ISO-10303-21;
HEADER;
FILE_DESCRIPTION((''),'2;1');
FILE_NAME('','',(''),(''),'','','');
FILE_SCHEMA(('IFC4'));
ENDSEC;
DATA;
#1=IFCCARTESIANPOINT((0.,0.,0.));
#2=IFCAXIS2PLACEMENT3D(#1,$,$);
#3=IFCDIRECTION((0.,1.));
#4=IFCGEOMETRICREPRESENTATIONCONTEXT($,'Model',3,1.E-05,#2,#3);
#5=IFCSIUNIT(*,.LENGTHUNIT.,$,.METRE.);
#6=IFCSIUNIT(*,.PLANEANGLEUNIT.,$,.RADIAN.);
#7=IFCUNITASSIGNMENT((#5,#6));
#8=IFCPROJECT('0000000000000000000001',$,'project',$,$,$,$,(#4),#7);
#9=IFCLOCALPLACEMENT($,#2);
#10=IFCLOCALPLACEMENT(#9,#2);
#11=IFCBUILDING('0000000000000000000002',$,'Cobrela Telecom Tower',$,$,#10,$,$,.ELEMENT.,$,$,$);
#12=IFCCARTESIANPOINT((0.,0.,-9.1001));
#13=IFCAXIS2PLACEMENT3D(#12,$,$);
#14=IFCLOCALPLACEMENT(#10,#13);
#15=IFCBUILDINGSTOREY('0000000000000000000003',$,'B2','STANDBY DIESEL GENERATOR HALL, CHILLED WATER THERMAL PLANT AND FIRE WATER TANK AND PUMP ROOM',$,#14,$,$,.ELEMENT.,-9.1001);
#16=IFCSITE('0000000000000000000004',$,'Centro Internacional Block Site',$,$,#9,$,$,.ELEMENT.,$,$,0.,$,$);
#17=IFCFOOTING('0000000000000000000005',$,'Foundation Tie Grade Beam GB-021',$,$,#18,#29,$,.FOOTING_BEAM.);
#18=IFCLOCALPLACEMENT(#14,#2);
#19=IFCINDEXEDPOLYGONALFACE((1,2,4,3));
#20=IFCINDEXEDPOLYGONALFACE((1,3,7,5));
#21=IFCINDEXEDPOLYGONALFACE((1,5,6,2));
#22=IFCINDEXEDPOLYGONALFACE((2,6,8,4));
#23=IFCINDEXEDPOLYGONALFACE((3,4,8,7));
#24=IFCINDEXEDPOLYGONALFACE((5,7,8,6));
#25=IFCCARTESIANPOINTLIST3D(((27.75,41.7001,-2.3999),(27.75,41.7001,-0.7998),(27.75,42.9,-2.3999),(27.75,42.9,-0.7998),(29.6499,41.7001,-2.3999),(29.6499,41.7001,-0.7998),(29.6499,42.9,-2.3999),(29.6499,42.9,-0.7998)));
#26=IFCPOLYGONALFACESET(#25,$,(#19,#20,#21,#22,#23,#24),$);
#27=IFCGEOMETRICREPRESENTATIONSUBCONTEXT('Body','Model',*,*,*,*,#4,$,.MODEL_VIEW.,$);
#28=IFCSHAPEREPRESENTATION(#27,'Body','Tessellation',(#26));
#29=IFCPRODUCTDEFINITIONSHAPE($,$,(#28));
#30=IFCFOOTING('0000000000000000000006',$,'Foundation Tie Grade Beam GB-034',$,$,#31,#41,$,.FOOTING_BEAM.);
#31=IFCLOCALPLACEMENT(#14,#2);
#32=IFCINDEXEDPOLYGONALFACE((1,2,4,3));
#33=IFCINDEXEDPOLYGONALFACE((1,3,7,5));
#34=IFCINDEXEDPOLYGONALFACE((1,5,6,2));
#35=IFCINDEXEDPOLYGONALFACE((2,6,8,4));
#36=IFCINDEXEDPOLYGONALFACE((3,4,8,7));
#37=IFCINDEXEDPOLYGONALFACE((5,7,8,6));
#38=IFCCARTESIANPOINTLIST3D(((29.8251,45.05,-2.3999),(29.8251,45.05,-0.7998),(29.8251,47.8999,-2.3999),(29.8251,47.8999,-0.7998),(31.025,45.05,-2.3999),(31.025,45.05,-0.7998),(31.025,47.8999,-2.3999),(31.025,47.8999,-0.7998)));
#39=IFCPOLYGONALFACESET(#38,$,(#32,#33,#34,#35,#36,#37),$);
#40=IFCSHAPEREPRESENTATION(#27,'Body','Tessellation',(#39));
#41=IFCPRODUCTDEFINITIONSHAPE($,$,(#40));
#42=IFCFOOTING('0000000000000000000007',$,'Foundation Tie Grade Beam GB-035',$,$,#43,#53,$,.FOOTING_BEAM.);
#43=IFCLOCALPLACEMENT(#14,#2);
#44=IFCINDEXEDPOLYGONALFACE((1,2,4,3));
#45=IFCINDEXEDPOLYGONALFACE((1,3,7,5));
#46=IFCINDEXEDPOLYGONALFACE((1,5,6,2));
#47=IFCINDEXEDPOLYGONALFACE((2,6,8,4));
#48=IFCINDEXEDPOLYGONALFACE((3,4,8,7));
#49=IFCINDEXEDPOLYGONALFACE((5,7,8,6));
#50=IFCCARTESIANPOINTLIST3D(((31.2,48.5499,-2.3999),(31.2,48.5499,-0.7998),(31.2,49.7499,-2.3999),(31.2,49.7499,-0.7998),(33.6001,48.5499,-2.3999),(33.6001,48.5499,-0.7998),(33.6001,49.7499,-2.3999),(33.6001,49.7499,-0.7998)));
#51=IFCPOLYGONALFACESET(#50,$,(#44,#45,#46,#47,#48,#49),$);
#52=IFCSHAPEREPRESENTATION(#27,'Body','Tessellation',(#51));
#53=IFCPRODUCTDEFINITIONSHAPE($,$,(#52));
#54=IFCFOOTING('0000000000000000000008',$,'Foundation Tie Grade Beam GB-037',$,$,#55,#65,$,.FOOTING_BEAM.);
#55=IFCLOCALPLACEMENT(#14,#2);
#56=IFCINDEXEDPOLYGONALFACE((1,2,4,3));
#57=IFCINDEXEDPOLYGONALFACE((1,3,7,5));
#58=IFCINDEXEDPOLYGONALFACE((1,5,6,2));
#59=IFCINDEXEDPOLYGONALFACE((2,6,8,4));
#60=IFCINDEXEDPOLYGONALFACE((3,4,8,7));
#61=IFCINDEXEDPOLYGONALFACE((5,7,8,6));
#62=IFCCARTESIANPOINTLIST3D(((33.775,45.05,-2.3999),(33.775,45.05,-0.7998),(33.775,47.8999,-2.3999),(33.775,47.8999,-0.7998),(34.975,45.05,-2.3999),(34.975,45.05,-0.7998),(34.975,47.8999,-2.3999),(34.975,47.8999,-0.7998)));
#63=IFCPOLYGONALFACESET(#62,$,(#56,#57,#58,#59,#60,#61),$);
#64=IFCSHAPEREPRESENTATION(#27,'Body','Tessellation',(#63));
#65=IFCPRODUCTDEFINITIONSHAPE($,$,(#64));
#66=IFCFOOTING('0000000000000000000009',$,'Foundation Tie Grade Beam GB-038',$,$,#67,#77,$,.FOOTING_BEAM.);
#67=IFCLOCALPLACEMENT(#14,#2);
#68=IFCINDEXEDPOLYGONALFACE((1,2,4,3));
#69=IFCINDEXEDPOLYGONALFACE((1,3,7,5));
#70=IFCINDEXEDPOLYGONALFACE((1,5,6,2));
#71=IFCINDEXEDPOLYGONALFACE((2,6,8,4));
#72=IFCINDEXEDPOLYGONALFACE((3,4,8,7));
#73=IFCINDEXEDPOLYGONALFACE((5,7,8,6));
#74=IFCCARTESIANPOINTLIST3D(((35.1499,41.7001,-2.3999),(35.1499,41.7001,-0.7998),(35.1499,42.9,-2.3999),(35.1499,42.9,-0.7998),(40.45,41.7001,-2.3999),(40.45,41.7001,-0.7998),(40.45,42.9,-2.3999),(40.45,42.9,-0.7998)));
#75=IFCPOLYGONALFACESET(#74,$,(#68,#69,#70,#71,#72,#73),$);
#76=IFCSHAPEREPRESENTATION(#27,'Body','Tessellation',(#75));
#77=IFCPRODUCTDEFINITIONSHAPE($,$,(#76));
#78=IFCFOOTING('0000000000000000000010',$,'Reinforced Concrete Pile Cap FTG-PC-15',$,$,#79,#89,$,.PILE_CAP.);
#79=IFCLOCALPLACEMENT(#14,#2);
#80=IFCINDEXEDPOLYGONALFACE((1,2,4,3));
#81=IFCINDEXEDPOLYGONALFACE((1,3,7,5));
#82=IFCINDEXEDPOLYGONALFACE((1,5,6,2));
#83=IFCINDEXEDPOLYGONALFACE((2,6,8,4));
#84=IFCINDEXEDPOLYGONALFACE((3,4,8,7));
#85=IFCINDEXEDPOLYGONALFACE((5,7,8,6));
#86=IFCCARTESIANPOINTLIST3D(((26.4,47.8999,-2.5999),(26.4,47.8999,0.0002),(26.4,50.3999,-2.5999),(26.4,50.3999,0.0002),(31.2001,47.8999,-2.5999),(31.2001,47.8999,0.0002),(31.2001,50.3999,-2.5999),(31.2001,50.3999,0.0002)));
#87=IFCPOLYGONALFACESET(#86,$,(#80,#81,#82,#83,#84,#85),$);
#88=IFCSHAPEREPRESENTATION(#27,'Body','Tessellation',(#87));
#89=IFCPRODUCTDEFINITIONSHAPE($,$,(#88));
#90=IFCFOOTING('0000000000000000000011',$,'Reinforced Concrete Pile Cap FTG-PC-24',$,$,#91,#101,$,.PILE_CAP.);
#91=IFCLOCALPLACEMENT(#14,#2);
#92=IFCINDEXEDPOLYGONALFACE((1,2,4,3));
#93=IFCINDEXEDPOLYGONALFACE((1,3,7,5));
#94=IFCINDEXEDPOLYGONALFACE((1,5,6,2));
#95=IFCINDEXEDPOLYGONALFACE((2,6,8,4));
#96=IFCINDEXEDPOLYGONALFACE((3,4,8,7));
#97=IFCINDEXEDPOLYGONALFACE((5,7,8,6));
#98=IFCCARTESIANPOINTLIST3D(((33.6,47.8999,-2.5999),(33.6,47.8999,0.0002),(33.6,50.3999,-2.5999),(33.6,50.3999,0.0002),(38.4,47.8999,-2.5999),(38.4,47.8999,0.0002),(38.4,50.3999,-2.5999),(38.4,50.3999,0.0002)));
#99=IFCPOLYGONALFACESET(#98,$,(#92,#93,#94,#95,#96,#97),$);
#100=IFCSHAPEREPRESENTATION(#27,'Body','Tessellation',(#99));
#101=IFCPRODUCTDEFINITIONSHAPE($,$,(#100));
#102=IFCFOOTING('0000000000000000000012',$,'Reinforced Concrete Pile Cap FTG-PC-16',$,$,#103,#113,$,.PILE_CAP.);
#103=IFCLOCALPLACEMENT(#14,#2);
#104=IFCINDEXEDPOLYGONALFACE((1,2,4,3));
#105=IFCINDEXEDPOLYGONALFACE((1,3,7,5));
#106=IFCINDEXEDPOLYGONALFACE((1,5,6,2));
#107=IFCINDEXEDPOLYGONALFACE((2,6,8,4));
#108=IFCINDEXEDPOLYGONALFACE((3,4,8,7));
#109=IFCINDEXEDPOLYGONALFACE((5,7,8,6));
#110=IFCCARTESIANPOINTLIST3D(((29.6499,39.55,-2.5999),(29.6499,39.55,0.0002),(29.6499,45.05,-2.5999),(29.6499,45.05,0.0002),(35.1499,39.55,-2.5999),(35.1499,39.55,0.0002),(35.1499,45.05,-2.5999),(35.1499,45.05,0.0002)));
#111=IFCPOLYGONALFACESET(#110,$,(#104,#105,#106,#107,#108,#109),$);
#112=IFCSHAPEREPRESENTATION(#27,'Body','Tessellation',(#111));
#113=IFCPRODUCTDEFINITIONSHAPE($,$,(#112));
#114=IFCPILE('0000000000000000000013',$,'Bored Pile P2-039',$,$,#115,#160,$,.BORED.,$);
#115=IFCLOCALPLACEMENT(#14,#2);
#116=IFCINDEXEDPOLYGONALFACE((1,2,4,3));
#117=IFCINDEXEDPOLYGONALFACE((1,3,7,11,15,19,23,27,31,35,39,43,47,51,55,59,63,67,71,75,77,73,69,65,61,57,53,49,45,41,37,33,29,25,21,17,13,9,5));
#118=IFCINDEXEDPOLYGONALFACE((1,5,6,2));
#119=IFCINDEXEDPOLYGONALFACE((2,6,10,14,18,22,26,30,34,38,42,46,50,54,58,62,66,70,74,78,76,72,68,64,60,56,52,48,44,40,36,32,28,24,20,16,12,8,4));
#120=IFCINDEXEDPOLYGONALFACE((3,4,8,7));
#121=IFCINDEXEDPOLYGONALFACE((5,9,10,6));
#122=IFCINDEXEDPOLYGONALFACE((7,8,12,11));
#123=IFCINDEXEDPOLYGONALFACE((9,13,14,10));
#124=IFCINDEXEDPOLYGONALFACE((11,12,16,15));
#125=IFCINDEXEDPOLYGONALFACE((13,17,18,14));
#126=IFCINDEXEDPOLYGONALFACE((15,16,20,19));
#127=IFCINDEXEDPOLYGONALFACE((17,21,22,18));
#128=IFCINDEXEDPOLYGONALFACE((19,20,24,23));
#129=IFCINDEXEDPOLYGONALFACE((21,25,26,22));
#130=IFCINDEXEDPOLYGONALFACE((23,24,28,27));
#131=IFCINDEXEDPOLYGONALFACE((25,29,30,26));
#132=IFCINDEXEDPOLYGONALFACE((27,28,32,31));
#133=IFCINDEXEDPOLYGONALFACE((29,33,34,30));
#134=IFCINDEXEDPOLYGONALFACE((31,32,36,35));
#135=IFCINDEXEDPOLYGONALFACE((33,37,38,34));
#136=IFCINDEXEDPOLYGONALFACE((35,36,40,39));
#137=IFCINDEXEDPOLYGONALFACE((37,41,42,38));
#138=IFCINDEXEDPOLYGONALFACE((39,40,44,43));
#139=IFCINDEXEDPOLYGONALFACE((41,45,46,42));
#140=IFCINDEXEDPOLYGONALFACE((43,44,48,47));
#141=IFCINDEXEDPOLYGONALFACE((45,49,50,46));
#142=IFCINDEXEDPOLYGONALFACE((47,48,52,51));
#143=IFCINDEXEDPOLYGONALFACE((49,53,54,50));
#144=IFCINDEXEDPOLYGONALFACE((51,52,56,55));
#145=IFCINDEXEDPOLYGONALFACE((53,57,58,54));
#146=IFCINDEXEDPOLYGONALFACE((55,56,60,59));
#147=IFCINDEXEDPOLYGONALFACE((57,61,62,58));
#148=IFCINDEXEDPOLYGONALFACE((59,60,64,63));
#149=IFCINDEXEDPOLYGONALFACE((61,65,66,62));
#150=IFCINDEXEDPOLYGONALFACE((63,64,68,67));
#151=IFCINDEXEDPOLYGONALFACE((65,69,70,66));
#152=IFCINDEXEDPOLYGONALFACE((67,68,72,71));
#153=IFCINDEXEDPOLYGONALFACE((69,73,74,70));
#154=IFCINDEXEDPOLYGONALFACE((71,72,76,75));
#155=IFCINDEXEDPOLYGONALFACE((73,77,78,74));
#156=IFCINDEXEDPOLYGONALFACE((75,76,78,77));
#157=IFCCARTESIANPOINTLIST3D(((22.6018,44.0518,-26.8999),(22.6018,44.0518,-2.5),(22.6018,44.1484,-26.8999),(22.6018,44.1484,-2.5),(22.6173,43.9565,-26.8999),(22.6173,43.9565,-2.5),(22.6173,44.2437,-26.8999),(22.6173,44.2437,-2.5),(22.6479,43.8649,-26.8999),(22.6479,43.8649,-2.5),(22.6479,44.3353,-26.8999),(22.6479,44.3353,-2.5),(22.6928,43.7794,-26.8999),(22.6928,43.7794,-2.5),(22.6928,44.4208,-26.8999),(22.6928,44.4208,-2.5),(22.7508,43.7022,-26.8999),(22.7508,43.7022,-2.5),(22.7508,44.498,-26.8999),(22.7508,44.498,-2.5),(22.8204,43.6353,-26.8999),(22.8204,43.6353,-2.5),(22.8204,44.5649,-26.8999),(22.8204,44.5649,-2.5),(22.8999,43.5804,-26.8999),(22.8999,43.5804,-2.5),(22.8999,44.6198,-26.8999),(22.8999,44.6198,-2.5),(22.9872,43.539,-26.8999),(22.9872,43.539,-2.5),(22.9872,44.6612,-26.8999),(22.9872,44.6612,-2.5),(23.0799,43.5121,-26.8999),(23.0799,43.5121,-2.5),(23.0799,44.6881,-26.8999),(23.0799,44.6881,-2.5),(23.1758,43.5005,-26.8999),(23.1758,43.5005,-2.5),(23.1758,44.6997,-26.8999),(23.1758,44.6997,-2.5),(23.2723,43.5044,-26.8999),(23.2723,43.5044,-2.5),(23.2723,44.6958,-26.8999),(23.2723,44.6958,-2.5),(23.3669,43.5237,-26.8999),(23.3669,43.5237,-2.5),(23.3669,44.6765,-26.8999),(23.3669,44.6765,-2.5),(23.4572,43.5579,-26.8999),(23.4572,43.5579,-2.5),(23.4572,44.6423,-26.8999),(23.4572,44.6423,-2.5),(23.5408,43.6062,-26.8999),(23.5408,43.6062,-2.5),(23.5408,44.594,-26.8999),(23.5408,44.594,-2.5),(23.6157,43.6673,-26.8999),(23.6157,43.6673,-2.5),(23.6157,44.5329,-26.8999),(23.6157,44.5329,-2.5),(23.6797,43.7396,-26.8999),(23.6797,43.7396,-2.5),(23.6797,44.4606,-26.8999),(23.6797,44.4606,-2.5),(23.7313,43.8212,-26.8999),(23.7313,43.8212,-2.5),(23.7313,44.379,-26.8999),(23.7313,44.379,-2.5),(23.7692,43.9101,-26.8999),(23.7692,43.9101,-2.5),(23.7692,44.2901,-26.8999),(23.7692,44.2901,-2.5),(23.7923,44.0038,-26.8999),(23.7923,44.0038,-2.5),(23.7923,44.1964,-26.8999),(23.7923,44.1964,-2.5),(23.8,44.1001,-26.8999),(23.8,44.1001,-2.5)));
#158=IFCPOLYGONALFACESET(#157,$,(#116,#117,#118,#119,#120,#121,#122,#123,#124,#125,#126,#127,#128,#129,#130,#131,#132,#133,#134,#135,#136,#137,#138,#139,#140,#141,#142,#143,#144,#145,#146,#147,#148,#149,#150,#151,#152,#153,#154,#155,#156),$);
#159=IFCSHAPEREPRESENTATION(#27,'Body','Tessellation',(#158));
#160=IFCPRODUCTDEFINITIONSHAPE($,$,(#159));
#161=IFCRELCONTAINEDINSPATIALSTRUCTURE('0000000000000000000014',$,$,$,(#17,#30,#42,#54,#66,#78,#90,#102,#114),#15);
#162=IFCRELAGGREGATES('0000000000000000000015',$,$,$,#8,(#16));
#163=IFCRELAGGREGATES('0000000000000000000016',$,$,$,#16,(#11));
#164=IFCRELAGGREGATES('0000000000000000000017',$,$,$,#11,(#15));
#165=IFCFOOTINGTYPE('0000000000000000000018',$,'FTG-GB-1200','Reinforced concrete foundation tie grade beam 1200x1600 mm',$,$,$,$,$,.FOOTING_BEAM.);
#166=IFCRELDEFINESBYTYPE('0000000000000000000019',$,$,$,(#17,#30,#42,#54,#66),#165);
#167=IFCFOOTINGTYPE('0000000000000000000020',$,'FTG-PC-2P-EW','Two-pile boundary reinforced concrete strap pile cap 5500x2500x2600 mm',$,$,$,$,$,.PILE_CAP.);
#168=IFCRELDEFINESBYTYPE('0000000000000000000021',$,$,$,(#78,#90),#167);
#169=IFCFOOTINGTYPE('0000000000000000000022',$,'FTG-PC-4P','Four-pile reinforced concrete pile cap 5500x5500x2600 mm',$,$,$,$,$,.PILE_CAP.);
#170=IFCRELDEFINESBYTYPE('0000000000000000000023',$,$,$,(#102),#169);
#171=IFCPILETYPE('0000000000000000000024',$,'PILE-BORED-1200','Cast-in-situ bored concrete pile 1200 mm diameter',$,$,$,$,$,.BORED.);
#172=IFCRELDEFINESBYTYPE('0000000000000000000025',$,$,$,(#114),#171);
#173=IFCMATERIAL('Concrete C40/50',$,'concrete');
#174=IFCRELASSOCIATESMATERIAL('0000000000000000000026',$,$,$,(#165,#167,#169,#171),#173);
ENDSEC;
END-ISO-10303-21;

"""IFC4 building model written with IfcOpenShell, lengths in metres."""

from ifc_helpers import new_model, si_unit, direction, frame, origin, origin_2d, place, context, subcontext, project, spatial, rectangle, circle, extrude, material, material_profile, profile_set, type_object, element, save


model = new_model("IFC4")

# Units and contexts
model_context = context("Model", 3, precision=1e-05, world=origin(), true_north=direction((0.0, 1.0)))
body_context = subcontext(model_context, "Body", "Model", "MODEL_VIEW")
ifc_project = project(units=[si_unit("LENGTHUNIT", "METRE"), si_unit("PLANEANGLEUNIT", "RADIAN")], contexts=[model_context])

# Site, building, storey
site_placement = place(None, origin())
site = spatial("IfcSite", under=ifc_project, at=site_placement, Name="Centro Internacional Block Site", CompositionType="ELEMENT", RefElevation=0.0)
building_placement = place(site_placement, origin())
building = spatial("IfcBuilding", under=site, at=building_placement, Name="Cobrela Telecom Tower", CompositionType="ELEMENT")
storey_placement = place(building_placement, frame((0.0, 0.0, -9.1001)))
storey = spatial("IfcBuildingStorey", under=building, at=storey_placement, Name="B2", Description="STANDBY DIESEL GENERATOR HALL, CHILLED WATER THERMAL PLANT AND FIRE WATER TANK AND PUMP ROOM", CompositionType="ELEMENT", Elevation=-9.1001)

# Footings
ifc_material_1 = material(Name="Concrete C40/50", Category="concrete")
ifc_material_profile_1 = material_profile(ifc_material_1, rectangle(XDim=1.2, YDim=1.6001, at=origin_2d()), Name="GB 1200x1600")
ifc_profile_set_1 = profile_set([ifc_material_profile_1], Name="Concrete C40/50")
footing_type_1 = type_object("IfcFootingType", Name="FTG-GB-1200", Description="Reinforced concrete foundation tie grade beam 1200x1600 mm", PredefinedType="FOOTING_BEAM", material=ifc_profile_set_1)
footing_1_placement = place(storey_placement, frame((27.75, 42.3, -1.5999), z_axis=(1.0, 0.0, 0.0), x_axis=(0.0, 1.0, 0.0)))
element("IfcFooting", 1, at=footing_1_placement, inside=storey, type_object=footing_type_1, Name="Foundation Tie Grade Beam GB-021", PredefinedType="FOOTING_BEAM", context=body_context, shape_type="SweptSolid", body=[
    extrude(rectangle(XDim=1.2, YDim=1.6001, at=origin_2d()), origin(), (0.0, 0.0, 1.0), 1.8999),
])
footing_2_placement = place(storey_placement, frame((30.425, 45.05, -1.5999), z_axis=(0.0, 1.0, 0.0), x_axis=(-1.0, 0.0, 0.0)))
element("IfcFooting", 2, at=footing_2_placement, inside=storey, type_object=footing_type_1, Name="Foundation Tie Grade Beam GB-034", PredefinedType="FOOTING_BEAM", context=body_context, shape_type="SweptSolid", body=[
    extrude(rectangle(XDim=1.2, YDim=1.6001, at=origin_2d()), origin(), (0.0, 0.0, 1.0), 2.8499),
])
footing_3_placement = place(storey_placement, frame((31.2, 49.1499, -1.5999), z_axis=(1.0, 0.0, 0.0), x_axis=(0.0, 1.0, 0.0)))
element("IfcFooting", 3, at=footing_3_placement, inside=storey, type_object=footing_type_1, Name="Foundation Tie Grade Beam GB-035", PredefinedType="FOOTING_BEAM", context=body_context, shape_type="SweptSolid", body=[
    extrude(rectangle(XDim=1.2, YDim=1.6001, at=origin_2d()), origin(), (0.0, 0.0, 1.0), 2.4001),
])
footing_4_placement = place(storey_placement, frame((34.375, 45.05, -1.5999), z_axis=(0.0, 1.0, 0.0), x_axis=(-1.0, 0.0, 0.0)))
element("IfcFooting", 4, at=footing_4_placement, inside=storey, type_object=footing_type_1, Name="Foundation Tie Grade Beam GB-037", PredefinedType="FOOTING_BEAM", context=body_context, shape_type="SweptSolid", body=[
    extrude(rectangle(XDim=1.2, YDim=1.6001, at=origin_2d()), origin(), (0.0, 0.0, 1.0), 2.8499),
])
footing_5_placement = place(storey_placement, frame((35.1499, 42.3, -1.5999), z_axis=(1.0, 0.0, 0.0), x_axis=(0.0, 1.0, 0.0)))
element("IfcFooting", 5, at=footing_5_placement, inside=storey, type_object=footing_type_1, Name="Foundation Tie Grade Beam GB-038", PredefinedType="FOOTING_BEAM", context=body_context, shape_type="SweptSolid", body=[
    extrude(rectangle(XDim=1.2, YDim=1.6001, at=origin_2d()), origin(), (0.0, 0.0, 1.0), 5.3),
])
footing_type_2 = type_object("IfcFootingType", Name="FTG-PC-2P-EW", Description="Two-pile boundary reinforced concrete strap pile cap 5500x2500x2600 mm", PredefinedType="PILE_CAP", material=ifc_material_1)
for number, where, z_axis, x_axis, name in (
    (6, (28.8, 49.1499, -2.5999), (0.0, 0.0, 1.0), (1.0, 0.0, 0.0), "Reinforced Concrete Pile Cap FTG-PC-15"),
    (7, (36.0, 49.1499, -2.5999), (0.0, 0.0, 1.0), (1.0, 0.0, 0.0), "Reinforced Concrete Pile Cap FTG-PC-24"),
):
    element("IfcFooting", number, at=place(storey_placement, frame(where, z_axis=z_axis, x_axis=x_axis)), inside=storey, type_object=footing_type_2, Name=name, PredefinedType="PILE_CAP", context=body_context, shape_type="SweptSolid", body=[
        extrude(rectangle(XDim=4.8, YDim=2.5, at=origin_2d()), origin(), (0.0, 0.0, 1.0), 2.6001),
    ])
footing_type_3 = type_object("IfcFootingType", Name="FTG-PC-4P", Description="Four-pile reinforced concrete pile cap 5500x5500x2600 mm", PredefinedType="PILE_CAP", material=ifc_material_1)
footing_6_placement = place(storey_placement, frame((32.3999, 42.3, -2.5999), z_axis=(0.0, 0.0, 1.0), x_axis=(1.0, 0.0, 0.0)))
element("IfcFooting", 8, at=footing_6_placement, inside=storey, type_object=footing_type_3, Name="Reinforced Concrete Pile Cap FTG-PC-16", PredefinedType="PILE_CAP", context=body_context, shape_type="SweptSolid", body=[
    extrude(rectangle(XDim=5.5, YDim=5.5, at=origin_2d()), origin(), (0.0, 0.0, 1.0), 2.6001),
])

# Pile
ifc_material_profile_2 = material_profile(ifc_material_1, circle(Radius=0.6001, at=origin_2d()), Name="BORED PILE D1200")
ifc_profile_set_2 = profile_set([ifc_material_profile_2], Name="Concrete C40/50")
pile_type = type_object("IfcPileType", Name="PILE-BORED-1200", Description="Cast-in-situ bored concrete pile 1200 mm diameter", PredefinedType="BORED", material=ifc_profile_set_2)
for number, where, z_axis, x_axis, name in (
    (9, (23.2, 44.1001, -2.5), (0.0, 0.0, -1.0), (1.0, 0.0, 0.0), "Bored Pile P2-039"),
):
    element("IfcPile", number, at=place(storey_placement, frame(where, z_axis=z_axis, x_axis=x_axis)), inside=storey, type_object=pile_type, Name=name, PredefinedType="BORED", context=body_context, shape_type="SweptSolid", body=[
        extrude(circle(Radius=0.6001, at=origin_2d()), origin(), (0.0, 0.0, 1.0), 24.3999),
    ])

save(model, "model.ifc")
